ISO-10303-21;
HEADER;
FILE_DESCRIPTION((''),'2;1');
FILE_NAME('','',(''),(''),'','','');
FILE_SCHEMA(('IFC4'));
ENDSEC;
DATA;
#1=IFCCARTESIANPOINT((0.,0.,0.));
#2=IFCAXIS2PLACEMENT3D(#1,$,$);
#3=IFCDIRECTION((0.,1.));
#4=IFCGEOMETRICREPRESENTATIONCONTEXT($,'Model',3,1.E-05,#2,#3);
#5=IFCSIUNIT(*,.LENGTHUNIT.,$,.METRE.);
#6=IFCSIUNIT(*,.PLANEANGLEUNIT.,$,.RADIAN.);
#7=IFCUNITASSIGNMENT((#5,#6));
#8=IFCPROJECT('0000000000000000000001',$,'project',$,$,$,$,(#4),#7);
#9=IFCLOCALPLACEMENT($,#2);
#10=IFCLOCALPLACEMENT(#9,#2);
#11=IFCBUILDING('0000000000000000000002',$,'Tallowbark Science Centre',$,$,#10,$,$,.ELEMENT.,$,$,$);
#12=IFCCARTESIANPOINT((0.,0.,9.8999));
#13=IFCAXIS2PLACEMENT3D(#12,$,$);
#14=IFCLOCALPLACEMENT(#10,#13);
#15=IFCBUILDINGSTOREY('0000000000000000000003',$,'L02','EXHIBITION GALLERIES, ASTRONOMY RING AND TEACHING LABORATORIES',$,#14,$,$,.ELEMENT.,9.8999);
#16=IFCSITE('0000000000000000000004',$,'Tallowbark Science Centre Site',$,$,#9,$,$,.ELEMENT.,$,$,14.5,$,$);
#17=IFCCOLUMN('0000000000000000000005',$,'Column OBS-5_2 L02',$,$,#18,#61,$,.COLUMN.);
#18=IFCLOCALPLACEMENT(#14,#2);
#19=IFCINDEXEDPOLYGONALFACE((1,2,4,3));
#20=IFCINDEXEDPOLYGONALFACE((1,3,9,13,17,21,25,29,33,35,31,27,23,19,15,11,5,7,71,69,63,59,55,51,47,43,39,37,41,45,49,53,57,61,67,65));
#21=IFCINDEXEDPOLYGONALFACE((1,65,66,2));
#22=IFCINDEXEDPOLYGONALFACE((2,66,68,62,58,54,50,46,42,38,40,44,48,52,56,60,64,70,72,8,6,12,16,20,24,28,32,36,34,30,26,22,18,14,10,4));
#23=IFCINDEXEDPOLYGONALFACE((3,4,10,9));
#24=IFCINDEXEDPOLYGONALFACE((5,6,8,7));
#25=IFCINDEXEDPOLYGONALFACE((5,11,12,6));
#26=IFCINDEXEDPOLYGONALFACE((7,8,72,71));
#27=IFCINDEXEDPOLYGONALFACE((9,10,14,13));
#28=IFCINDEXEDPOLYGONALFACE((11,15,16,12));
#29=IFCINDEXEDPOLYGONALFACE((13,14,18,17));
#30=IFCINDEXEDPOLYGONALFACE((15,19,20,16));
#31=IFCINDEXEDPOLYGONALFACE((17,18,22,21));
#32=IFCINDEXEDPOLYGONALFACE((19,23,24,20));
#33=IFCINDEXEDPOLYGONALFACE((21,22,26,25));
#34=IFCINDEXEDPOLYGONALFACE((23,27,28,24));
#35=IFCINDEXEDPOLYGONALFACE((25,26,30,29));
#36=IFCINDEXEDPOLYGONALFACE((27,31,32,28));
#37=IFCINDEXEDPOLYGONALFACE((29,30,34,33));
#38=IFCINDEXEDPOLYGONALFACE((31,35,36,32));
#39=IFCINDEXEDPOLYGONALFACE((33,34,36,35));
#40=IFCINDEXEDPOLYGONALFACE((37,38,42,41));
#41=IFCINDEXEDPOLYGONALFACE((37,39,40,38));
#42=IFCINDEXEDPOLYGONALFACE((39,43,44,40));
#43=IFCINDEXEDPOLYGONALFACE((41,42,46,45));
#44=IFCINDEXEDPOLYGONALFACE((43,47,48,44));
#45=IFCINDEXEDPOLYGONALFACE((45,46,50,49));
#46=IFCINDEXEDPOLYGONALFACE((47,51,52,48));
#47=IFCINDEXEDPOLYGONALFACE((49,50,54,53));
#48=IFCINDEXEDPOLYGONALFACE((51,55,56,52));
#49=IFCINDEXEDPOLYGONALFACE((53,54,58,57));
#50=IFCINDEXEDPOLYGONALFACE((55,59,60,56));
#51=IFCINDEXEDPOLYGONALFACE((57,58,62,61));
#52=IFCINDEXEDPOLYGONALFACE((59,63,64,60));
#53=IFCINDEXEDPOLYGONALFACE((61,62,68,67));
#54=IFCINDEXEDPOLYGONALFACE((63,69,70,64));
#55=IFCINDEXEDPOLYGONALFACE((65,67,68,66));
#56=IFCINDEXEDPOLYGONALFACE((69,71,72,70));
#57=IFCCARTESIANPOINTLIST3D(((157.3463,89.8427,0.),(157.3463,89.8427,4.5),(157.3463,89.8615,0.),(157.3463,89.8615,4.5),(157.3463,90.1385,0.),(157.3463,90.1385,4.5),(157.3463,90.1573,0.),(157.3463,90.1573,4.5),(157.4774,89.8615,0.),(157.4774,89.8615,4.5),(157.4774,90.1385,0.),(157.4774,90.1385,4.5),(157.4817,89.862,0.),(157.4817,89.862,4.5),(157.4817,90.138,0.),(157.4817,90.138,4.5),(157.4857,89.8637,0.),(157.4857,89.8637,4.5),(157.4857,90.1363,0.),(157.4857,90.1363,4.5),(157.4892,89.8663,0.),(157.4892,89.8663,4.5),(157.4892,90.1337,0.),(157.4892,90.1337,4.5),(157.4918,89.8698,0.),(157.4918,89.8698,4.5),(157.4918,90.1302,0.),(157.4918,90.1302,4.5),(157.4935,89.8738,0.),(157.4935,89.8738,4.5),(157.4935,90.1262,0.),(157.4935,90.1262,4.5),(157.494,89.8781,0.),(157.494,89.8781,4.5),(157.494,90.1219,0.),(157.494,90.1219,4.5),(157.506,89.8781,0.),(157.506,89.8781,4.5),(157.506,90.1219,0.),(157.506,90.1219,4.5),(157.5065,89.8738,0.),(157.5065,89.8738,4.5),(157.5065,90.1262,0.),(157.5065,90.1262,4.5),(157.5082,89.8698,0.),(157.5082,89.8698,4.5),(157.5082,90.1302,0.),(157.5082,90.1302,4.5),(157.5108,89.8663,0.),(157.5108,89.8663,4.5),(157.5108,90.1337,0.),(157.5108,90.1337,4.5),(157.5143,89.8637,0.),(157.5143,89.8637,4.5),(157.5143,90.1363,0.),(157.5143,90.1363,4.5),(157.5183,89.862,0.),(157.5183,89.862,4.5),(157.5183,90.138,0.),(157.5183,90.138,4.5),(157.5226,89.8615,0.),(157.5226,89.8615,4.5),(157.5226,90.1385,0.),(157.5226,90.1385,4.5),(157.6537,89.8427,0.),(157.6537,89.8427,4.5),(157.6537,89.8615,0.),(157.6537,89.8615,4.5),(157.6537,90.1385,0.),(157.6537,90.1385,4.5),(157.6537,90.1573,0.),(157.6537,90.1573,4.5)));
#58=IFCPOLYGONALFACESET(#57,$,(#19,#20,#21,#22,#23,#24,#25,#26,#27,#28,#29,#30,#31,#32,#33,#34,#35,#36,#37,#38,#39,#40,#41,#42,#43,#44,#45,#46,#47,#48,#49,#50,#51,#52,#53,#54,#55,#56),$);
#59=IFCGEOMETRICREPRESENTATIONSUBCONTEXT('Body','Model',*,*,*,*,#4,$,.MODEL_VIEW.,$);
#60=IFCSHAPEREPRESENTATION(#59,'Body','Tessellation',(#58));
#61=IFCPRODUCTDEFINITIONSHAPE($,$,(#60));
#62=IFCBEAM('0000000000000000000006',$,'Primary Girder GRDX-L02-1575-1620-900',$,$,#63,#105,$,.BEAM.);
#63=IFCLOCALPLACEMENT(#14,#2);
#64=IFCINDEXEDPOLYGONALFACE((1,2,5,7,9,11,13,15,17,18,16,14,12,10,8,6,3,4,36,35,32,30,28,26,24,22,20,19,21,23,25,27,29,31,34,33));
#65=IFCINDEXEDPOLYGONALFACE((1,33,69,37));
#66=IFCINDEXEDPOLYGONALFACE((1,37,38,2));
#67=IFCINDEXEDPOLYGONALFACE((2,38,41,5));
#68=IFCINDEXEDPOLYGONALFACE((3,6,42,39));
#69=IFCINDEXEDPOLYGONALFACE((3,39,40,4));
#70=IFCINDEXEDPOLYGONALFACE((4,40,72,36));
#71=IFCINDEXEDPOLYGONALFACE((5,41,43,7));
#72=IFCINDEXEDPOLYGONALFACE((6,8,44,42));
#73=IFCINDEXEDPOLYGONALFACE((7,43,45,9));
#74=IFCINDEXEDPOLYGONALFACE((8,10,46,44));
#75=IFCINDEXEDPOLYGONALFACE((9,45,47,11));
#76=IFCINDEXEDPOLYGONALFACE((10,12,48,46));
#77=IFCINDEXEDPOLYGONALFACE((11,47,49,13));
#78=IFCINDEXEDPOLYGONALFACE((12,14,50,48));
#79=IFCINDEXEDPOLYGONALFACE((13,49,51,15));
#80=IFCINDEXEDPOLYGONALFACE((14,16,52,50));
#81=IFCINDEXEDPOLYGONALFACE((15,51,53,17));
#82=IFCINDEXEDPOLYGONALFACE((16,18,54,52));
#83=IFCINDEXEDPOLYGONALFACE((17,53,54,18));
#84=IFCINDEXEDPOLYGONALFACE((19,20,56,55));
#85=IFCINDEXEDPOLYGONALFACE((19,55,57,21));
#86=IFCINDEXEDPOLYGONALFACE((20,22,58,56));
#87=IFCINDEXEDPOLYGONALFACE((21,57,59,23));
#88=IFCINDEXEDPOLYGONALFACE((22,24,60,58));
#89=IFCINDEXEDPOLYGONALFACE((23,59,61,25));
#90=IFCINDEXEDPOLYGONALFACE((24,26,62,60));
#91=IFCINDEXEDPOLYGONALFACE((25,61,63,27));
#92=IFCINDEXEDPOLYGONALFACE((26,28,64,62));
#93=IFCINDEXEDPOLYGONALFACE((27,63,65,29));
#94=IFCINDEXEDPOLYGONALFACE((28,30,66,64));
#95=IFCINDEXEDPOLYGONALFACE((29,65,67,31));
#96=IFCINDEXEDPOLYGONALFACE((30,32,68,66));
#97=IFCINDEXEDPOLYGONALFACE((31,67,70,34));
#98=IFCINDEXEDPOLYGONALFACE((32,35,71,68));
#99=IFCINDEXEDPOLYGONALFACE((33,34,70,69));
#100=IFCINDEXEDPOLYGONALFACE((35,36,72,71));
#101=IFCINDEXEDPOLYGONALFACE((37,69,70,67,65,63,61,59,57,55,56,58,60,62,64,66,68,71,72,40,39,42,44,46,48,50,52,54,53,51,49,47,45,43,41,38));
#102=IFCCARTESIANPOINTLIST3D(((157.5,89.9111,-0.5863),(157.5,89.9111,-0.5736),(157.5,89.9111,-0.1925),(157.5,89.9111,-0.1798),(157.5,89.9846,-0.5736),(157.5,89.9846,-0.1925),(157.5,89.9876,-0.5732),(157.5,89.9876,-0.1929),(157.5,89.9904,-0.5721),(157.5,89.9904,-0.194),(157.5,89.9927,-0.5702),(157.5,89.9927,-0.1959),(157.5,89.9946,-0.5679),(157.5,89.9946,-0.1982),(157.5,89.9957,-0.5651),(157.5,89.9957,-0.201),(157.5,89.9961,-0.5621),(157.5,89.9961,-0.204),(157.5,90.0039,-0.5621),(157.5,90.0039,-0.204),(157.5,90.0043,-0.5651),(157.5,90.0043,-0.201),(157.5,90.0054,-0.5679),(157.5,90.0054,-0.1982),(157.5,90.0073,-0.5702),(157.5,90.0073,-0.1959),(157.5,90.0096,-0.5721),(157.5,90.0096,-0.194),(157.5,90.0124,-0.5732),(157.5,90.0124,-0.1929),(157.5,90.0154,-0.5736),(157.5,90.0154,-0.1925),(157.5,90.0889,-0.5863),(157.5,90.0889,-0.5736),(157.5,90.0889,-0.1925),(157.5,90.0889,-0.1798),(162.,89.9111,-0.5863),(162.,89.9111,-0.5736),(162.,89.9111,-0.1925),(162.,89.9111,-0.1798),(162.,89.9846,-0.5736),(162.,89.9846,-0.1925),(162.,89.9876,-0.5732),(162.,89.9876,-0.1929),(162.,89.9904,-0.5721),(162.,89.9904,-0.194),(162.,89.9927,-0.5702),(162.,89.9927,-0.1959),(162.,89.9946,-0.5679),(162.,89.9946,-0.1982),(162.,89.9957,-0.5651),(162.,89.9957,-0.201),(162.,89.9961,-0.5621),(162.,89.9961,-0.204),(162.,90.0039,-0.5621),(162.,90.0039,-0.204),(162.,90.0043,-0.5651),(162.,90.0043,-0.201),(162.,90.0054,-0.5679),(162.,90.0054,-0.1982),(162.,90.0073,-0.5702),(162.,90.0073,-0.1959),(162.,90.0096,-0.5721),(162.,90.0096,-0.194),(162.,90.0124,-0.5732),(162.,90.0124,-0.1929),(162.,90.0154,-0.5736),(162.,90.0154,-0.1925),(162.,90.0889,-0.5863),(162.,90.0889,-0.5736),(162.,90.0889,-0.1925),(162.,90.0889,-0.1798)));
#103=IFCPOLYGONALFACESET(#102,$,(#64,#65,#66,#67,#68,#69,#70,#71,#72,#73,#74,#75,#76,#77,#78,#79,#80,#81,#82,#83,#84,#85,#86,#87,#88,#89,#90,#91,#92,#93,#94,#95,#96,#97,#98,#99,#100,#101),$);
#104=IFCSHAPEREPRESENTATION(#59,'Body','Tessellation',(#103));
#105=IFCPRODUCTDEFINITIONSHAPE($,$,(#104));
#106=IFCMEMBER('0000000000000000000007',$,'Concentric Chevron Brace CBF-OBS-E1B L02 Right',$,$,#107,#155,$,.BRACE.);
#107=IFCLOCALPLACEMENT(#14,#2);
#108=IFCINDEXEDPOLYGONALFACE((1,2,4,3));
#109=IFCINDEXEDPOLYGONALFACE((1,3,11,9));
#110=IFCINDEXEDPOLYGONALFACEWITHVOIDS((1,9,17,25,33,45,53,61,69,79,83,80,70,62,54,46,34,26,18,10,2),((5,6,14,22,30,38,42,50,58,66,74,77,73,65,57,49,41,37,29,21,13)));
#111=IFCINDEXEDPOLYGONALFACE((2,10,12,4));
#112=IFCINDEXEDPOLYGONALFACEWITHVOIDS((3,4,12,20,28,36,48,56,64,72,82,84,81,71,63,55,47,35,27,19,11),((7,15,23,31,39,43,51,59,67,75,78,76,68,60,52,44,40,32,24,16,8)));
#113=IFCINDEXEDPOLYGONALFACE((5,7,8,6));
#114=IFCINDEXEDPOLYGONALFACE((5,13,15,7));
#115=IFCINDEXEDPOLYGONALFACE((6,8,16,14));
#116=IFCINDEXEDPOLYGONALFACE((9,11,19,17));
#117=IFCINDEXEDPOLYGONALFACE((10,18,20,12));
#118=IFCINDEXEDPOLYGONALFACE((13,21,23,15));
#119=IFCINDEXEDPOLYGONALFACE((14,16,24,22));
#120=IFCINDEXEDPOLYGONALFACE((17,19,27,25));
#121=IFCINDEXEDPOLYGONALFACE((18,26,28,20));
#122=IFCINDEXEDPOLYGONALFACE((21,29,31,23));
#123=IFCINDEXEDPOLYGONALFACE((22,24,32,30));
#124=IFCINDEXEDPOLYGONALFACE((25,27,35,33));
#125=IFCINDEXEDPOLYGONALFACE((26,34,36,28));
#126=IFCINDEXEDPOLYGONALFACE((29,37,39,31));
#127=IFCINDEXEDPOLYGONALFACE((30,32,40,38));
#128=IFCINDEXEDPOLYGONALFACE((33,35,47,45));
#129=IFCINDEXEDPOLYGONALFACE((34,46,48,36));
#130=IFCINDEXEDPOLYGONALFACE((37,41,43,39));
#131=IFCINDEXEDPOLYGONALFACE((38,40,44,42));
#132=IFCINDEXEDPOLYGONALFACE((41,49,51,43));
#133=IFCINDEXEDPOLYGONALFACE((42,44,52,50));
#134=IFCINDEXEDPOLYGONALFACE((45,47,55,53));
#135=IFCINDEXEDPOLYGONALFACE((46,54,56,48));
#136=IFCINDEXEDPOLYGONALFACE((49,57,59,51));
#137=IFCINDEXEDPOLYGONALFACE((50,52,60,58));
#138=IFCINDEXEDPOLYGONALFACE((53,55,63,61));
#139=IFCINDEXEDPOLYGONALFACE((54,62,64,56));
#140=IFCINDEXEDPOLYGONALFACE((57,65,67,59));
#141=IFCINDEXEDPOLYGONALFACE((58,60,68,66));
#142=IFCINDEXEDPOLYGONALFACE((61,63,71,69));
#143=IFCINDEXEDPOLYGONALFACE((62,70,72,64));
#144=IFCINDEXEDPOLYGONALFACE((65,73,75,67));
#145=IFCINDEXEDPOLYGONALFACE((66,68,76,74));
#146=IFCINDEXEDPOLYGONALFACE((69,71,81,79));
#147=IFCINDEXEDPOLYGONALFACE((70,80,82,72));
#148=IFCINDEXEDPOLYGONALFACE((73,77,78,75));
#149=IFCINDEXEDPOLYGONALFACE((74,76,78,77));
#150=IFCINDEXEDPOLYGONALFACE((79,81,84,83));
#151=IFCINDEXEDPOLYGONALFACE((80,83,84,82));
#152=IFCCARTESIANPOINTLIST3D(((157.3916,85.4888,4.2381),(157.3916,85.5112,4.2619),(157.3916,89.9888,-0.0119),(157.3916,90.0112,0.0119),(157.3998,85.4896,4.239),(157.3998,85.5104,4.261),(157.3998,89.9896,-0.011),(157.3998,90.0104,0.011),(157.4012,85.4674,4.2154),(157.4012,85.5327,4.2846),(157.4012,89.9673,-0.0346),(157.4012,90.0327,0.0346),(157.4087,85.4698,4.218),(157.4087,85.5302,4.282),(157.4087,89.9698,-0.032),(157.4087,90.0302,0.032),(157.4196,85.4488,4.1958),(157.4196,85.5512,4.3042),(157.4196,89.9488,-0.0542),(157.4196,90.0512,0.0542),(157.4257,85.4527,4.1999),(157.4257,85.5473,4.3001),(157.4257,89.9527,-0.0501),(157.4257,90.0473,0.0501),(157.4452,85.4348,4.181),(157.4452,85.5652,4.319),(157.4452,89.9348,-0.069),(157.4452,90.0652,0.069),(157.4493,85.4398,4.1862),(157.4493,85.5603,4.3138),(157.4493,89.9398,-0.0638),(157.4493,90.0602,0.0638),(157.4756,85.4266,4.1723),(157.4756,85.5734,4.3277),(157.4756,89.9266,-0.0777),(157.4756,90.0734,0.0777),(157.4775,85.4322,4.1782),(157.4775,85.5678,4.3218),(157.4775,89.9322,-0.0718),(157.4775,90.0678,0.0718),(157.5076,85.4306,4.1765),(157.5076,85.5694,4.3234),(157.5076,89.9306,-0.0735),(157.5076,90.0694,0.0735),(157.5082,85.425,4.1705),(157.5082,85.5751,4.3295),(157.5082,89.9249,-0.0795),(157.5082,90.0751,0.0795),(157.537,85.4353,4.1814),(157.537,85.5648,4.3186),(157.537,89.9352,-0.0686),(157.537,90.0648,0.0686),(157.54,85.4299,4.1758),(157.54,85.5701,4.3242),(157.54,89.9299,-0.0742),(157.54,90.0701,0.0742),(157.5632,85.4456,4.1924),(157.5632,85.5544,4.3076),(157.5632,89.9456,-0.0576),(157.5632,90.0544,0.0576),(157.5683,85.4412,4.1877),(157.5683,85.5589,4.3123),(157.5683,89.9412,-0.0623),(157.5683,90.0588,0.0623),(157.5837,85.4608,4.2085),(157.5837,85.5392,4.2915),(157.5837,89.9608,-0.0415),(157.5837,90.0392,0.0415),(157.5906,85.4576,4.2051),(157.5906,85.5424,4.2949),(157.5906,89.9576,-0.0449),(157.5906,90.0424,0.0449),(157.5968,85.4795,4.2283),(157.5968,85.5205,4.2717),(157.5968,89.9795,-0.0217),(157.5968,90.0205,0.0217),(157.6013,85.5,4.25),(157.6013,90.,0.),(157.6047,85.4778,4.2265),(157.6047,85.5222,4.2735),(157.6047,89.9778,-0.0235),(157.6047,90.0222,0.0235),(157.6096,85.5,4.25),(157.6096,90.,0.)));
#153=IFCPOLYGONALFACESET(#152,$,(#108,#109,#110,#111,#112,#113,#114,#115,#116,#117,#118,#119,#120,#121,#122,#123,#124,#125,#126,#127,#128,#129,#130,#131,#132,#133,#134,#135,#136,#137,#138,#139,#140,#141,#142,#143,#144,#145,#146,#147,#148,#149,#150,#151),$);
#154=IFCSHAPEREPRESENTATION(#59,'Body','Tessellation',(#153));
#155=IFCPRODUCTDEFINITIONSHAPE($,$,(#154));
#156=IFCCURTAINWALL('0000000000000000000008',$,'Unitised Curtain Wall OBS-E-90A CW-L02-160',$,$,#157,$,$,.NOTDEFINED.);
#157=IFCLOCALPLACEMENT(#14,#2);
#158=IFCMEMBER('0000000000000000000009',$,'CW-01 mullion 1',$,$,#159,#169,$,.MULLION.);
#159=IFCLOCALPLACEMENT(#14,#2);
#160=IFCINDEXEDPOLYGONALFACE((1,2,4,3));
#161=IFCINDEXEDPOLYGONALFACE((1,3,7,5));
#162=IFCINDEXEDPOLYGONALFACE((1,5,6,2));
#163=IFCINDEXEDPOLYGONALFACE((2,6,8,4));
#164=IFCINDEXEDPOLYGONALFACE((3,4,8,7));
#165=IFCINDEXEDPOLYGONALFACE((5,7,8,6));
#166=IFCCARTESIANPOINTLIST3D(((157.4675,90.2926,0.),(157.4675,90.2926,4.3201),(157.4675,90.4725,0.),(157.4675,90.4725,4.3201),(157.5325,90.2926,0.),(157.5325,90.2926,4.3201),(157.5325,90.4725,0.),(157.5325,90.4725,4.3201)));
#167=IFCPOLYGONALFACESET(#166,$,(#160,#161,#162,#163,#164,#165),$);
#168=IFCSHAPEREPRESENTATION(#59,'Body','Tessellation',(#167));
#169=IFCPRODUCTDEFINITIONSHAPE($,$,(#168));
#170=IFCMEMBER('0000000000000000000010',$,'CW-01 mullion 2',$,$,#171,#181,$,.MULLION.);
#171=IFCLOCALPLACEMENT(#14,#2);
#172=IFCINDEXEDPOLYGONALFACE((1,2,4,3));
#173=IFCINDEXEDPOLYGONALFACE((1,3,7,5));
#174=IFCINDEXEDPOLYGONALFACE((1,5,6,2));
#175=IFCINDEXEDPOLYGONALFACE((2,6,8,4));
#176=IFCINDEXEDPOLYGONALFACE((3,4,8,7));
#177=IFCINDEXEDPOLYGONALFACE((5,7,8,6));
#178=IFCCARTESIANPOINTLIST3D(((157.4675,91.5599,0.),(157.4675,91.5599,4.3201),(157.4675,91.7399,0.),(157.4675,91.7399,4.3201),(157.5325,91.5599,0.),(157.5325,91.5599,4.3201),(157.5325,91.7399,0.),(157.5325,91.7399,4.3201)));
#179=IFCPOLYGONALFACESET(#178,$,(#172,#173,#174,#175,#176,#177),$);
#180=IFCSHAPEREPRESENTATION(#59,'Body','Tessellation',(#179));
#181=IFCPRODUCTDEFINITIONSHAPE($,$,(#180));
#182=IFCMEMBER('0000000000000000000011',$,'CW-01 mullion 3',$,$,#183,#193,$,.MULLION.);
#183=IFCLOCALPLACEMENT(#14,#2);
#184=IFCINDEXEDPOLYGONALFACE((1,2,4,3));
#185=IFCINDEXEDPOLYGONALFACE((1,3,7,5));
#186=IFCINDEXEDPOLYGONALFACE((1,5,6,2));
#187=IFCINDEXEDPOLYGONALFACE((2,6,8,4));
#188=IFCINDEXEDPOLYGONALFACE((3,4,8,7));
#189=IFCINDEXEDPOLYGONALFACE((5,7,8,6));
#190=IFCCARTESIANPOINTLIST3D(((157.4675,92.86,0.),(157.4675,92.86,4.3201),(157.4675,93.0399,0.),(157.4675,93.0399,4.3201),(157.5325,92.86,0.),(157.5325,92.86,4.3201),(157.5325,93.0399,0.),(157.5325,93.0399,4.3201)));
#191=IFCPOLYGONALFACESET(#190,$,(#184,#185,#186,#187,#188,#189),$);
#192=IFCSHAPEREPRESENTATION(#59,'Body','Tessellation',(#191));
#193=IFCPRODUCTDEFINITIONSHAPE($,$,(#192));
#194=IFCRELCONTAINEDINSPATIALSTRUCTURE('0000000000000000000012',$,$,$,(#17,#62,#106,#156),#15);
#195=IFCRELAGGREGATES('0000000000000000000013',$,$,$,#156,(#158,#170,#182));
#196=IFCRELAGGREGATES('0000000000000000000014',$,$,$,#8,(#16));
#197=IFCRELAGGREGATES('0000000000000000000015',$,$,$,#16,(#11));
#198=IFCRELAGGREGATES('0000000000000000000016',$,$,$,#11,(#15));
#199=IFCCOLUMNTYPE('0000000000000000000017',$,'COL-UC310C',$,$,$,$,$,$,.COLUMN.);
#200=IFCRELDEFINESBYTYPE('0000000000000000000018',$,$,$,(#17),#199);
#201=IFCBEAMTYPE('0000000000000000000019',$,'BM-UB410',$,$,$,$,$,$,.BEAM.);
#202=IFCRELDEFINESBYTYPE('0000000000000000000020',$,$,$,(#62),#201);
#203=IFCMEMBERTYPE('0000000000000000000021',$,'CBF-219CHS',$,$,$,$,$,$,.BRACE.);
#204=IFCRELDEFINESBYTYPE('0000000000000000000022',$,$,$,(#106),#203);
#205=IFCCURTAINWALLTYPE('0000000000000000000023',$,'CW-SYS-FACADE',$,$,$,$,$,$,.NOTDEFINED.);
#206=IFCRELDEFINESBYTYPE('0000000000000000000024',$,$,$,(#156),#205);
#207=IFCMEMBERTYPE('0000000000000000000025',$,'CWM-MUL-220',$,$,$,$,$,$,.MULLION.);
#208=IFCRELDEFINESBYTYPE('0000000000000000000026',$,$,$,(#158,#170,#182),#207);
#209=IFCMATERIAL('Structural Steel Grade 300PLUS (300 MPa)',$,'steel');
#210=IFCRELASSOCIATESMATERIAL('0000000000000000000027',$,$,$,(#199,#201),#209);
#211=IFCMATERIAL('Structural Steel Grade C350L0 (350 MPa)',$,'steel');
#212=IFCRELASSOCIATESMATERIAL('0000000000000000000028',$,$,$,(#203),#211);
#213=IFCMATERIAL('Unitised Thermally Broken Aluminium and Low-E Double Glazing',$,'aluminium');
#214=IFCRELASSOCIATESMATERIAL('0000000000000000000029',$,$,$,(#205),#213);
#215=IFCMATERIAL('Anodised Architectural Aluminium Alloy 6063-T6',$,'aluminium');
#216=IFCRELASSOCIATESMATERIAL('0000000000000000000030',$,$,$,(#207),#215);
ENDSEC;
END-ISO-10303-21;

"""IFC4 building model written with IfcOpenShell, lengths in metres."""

from ifc_helpers import new_model, si_unit, direction, frame, origin, origin_2d, place, context, subcontext, project, spatial, rectangle, hollow_circle, i_section, extrude, material, material_profile, profile_set, type_object, element, aggregate, save


model = new_model("IFC4")

# Units and contexts
model_context = context("Model", 3, precision=1e-05, world=origin(), true_north=direction((0.0, 1.0)))
body_context = subcontext(model_context, "Body", "Model", "MODEL_VIEW")
ifc_project = project(units=[si_unit("LENGTHUNIT", "METRE"), si_unit("PLANEANGLEUNIT", "RADIAN")], contexts=[model_context])

# Site, building, storey
site_placement = place(None, origin())
site = spatial("IfcSite", under=ifc_project, at=site_placement, Name="Tallowbark Science Centre Site", CompositionType="ELEMENT", RefElevation=14.5)
building_placement = place(site_placement, origin())
building = spatial("IfcBuilding", under=site, at=building_placement, Name="Tallowbark Science Centre", CompositionType="ELEMENT")
storey_placement = place(building_placement, frame((0.0, 0.0, 9.8999)))
storey = spatial("IfcBuildingStorey", under=building, at=storey_placement, Name="L02", Description="EXHIBITION GALLERIES, ASTRONOMY RING AND TEACHING LABORATORIES", CompositionType="ELEMENT", Elevation=9.8999)

# Column
ifc_material_1 = material(Name="Structural Steel Grade 300PLUS (300 MPa)", Category="steel")
ifc_material_profile_1 = material_profile(ifc_material_1, i_section(OverallWidth=0.3074, OverallDepth=0.3147, WebThickness=0.012, FlangeThickness=0.0188, FilletRadius=0.0166, at=origin_2d()), Name="310UC118")
ifc_profile_set_1 = profile_set([ifc_material_profile_1], Name="Structural Steel Grade 300PLUS (300 MPa)")
column_type = type_object("IfcColumnType", Name="COL-UC310C", PredefinedType="COLUMN", material=ifc_profile_set_1)
column_placement = place(storey_placement, frame((157.5, 90.0, 0.0), z_axis=(0.0, 0.0, 1.0), x_axis=(1.0, 0.0, 0.0)))
element("IfcColumn", 1, at=column_placement, inside=storey, type_object=column_type, Name="Column OBS-5_2 L02", PredefinedType="COLUMN", context=body_context, shape_type="SweptSolid", body=[
    extrude(i_section(OverallWidth=0.3074, OverallDepth=0.3147, WebThickness=0.012, FlangeThickness=0.0188, FilletRadius=0.0166, at=origin_2d()), origin(), (0.0, 0.0, 1.0), 4.5),
])

# Beam
ifc_material_profile_2 = material_profile(ifc_material_1, i_section(OverallWidth=0.1777, OverallDepth=0.4065, WebThickness=0.0078, FlangeThickness=0.0127, FilletRadius=0.0115, at=origin_2d()), Name="410UB59.7")
ifc_profile_set_2 = profile_set([ifc_material_profile_2], Name="Structural Steel Grade 300PLUS (300 MPa)")
beam_type_1 = type_object("IfcBeamType", Name="BM-UB410", PredefinedType="BEAM", material=ifc_profile_set_2)
beam_placement = place(storey_placement, frame((157.5, 90.0, -0.3831), z_axis=(1.0, 0.0, 0.0), x_axis=(0.0, 1.0, 0.0)))
element("IfcBeam", 2, at=beam_placement, inside=storey, type_object=beam_type_1, Name="Primary Girder GRDX-L02-1575-1620-900", PredefinedType="BEAM", context=body_context, shape_type="SweptSolid", body=[
    extrude(i_section(OverallWidth=0.1777, OverallDepth=0.4065, WebThickness=0.0078, FlangeThickness=0.0127, FilletRadius=0.0115, at=origin_2d()), origin(), (0.0, 0.0, 1.0), 4.5),
])

# Member
ifc_material_2 = material(Name="Structural Steel Grade C350L0 (350 MPa)", Category="steel")
ifc_material_profile_3 = material_profile(ifc_material_2, hollow_circle(Radius=0.1096, WallThickness=0.0083, at=origin_2d()), Name="219.1x8.2CHS")
ifc_profile_set_3 = profile_set([ifc_material_profile_3], Name="Structural Steel Grade C350L0 (350 MPa)")
member_type_1 = type_object("IfcMemberType", Name="CBF-219CHS", PredefinedType="BRACE", material=ifc_profile_set_3)
member_1_placement = place(storey_placement, frame((157.5, 90.0, 0.0), z_axis=(0.0, -0.727013, 0.686624), x_axis=(1.0, 0.0, 0.0)))
element("IfcMember", 3, at=member_1_placement, inside=storey, type_object=member_type_1, Name="Concentric Chevron Brace CBF-OBS-E1B L02 Right", PredefinedType="BRACE", context=body_context, shape_type="SweptSolid", body=[
    extrude(hollow_circle(Radius=0.1096, WallThickness=0.0083, at=origin_2d()), origin(), (0.0, 0.0, 1.0), 6.1897),
])

# Curtain wall, members
ifc_material_3 = material(Name="Unitised Thermally Broken Aluminium and Low-E Double Glazing", Category="aluminium")
curtain_wall_type = type_object("IfcCurtainWallType", Name="CW-SYS-FACADE", PredefinedType="NOTDEFINED", material=ifc_material_3)
curtain_wall_placement = place(storey_placement, origin())
curtain_wall = element("IfcCurtainWall", 4, at=curtain_wall_placement, inside=storey, type_object=curtain_wall_type, Name="Unitised Curtain Wall OBS-E-90A CW-L02-160", PredefinedType="NOTDEFINED")
ifc_material_4 = material(Name="Anodised Architectural Aluminium Alloy 6063-T6", Category="aluminium")
ifc_material_profile_4 = material_profile(ifc_material_4, rectangle(XDim=0.0649, YDim=0.1799, at=origin_2d()), Name="ALU65x180")
ifc_profile_set_4 = profile_set([ifc_material_profile_4], Name="Anodised Architectural Aluminium Alloy 6063-T6")
member_type_2 = type_object("IfcMemberType", Name="CWM-MUL-220", PredefinedType="MULLION", material=ifc_profile_set_4)
member_2_placement = place(storey_placement, frame((157.5, 90.3826, 0.0), z_axis=(0.0, 0.0, 1.0), x_axis=(-1.0, 0.0, 0.0)))
member_2 = element("IfcMember", 5, at=member_2_placement, type_object=member_type_2, Name="CW-01 mullion 1", PredefinedType="MULLION", context=body_context, shape_type="SweptSolid", body=[
    extrude(rectangle(XDim=0.0649, YDim=0.1799, at=origin_2d()), origin(), (0.0, 0.0, 1.0), 4.3201),
])
member_3_placement = place(storey_placement, frame((157.5, 91.6499, 0.0), z_axis=(0.0, 0.0, 1.0), x_axis=(-1.0, 0.0, 0.0)))
member_3 = element("IfcMember", 6, at=member_3_placement, type_object=member_type_2, Name="CW-01 mullion 2", PredefinedType="MULLION", context=body_context, shape_type="SweptSolid", body=[
    extrude(rectangle(XDim=0.0649, YDim=0.1799, at=origin_2d()), origin(), (0.0, 0.0, 1.0), 4.3201),
])
member_4_placement = place(storey_placement, frame((157.5, 92.95, 0.0), z_axis=(0.0, 0.0, 1.0), x_axis=(-1.0, 0.0, 0.0)))
member_4 = element("IfcMember", 7, at=member_4_placement, type_object=member_type_2, Name="CW-01 mullion 3", PredefinedType="MULLION", context=body_context, shape_type="SweptSolid", body=[
    extrude(rectangle(XDim=0.0649, YDim=0.1799, at=origin_2d()), origin(), (0.0, 0.0, 1.0), 4.3201),
])

aggregate(curtain_wall, [member_2, member_3, member_4])

save(model, "model.ifc")
